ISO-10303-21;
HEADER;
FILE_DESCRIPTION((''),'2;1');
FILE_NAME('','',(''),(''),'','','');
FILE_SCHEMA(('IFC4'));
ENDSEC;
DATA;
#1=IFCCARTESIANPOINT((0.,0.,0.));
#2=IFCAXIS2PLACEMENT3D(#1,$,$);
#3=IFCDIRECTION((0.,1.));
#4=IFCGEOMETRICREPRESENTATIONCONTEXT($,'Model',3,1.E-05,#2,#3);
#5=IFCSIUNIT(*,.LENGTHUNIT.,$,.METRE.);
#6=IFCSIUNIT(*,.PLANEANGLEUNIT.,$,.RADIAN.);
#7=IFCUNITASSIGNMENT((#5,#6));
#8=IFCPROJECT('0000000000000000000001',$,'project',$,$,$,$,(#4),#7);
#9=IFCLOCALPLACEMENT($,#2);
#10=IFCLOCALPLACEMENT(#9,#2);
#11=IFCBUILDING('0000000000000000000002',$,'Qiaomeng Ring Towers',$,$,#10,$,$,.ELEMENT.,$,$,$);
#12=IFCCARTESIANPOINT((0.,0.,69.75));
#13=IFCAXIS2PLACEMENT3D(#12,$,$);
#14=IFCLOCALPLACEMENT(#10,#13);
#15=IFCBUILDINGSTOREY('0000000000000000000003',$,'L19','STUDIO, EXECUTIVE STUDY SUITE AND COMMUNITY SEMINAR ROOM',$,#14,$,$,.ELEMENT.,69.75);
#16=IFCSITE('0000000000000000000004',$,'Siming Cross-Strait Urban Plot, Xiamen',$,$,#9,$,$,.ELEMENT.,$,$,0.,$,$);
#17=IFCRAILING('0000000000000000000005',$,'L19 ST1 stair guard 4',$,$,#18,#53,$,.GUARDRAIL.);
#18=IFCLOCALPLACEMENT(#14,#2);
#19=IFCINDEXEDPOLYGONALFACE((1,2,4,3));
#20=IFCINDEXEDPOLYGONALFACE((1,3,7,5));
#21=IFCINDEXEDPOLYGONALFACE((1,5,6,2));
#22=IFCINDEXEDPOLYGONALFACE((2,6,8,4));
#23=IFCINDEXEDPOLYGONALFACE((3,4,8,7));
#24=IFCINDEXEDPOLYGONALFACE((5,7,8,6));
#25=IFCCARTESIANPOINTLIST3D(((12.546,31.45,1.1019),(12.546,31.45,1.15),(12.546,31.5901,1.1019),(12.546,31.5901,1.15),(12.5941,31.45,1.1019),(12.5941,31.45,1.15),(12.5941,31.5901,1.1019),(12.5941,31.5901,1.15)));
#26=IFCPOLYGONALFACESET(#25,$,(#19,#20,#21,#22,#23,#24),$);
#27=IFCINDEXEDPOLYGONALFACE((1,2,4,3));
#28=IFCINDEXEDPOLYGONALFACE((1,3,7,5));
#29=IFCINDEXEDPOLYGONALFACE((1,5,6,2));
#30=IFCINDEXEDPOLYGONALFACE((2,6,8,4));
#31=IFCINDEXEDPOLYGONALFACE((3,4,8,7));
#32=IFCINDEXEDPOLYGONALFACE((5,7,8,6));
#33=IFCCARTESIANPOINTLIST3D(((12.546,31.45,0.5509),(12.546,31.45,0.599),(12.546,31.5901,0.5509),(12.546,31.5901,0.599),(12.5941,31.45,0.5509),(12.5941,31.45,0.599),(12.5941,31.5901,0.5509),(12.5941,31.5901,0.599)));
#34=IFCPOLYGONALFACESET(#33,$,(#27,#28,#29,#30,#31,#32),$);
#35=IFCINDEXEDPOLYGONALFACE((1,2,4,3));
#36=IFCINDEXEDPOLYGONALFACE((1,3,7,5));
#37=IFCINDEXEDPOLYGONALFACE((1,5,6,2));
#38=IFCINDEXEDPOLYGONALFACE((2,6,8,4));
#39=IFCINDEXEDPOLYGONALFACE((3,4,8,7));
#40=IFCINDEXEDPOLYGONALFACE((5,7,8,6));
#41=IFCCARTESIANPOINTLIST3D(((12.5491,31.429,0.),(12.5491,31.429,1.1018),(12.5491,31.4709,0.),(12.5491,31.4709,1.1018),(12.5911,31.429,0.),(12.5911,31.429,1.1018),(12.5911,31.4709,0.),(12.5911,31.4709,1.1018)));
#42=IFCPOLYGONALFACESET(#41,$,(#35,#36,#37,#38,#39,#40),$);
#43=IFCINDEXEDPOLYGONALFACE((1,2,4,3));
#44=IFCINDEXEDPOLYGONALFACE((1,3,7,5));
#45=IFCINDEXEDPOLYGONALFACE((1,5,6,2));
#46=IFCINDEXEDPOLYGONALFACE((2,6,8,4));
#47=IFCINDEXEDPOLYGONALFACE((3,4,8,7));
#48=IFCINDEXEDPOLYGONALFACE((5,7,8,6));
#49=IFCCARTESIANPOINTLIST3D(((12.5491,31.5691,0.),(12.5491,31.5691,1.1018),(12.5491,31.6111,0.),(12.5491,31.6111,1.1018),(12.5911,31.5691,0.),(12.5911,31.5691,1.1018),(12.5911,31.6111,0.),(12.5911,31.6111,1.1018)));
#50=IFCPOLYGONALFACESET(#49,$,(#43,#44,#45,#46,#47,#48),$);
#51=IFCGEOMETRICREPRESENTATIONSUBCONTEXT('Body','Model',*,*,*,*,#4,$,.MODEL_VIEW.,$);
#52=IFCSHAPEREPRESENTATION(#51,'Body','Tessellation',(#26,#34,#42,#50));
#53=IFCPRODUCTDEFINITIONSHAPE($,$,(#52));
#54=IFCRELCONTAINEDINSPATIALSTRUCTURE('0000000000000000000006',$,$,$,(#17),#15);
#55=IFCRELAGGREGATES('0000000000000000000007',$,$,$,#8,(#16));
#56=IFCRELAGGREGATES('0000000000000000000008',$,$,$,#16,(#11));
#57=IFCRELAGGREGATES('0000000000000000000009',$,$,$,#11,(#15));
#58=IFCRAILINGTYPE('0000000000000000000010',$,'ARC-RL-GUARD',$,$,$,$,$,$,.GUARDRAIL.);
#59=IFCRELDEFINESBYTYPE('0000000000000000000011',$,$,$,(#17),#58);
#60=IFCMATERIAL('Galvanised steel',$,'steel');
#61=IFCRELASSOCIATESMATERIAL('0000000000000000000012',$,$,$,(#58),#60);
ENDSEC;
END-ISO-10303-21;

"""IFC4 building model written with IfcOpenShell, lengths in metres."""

from ifc_helpers import new_model, si_unit, direction, frame, origin, origin_2d, place, context, subcontext, project, spatial, rectangle, extrude, material, type_object, element, save


model = new_model("IFC4")

# Units and contexts
model_context = context("Model", 3, precision=1e-05, world=origin(), true_north=direction((0.0, 1.0)))
body_context = subcontext(model_context, "Body", "Model", "MODEL_VIEW")
ifc_project = project(units=[si_unit("LENGTHUNIT", "METRE"), si_unit("PLANEANGLEUNIT", "RADIAN")], contexts=[model_context])

# Site, building, storey
site_placement = place(None, origin())
site = spatial("IfcSite", under=ifc_project, at=site_placement, Name="Siming Cross-Strait Urban Plot, Xiamen", CompositionType="ELEMENT", RefElevation=0.0)
building_placement = place(site_placement, origin())
building = spatial("IfcBuilding", under=site, at=building_placement, Name="Qiaomeng Ring Towers", CompositionType="ELEMENT")
storey_placement = place(building_placement, frame((0.0, 0.0, 69.75)))
storey = spatial("IfcBuildingStorey", under=building, at=storey_placement, Name="L19", Description="STUDIO, EXECUTIVE STUDY SUITE AND COMMUNITY SEMINAR ROOM", CompositionType="ELEMENT", Elevation=69.75)

# Shared definitions
ifc_material_1 = material(Name="Galvanised steel", Category="steel")

# Railing
railing_type_1 = type_object("IfcRailingType", Name="ARC-RL-GUARD", PredefinedType="GUARDRAIL", material=ifc_material_1)
railing_1_placement = place(storey_placement, frame((12.5701, 31.45, 0.0)))
element("IfcRailing", 1, at=railing_1_placement, inside=storey, type_object=railing_type_1, Name="L19 ST1 stair guard 4", PredefinedType="GUARDRAIL", context=body_context, shape_type="SweptSolid", body=[
    extrude(rectangle(XDim=0.0481, YDim=0.0481, at=origin_2d()), frame((0.0, 0.0, 1.126), z_axis=(0.0, 1.0, 0.0), x_axis=(-1.0, 0.0, 0.0)), (0.0, 0.0, 1.0), 0.1401),
    extrude(rectangle(XDim=0.0481, YDim=0.0481, at=origin_2d()), frame((0.0, 0.0, 0.575), z_axis=(0.0, 1.0, 0.0), x_axis=(-1.0, 0.0, 0.0)), (0.0, 0.0, 1.0), 0.1401),
    extrude(rectangle(XDim=0.042, YDim=0.042, at=origin_2d()), origin(), (0.0, 0.0, 1.0), 1.1018),
    extrude(rectangle(XDim=0.042, YDim=0.042, at=origin_2d()), frame((0.0, 0.1401, 0.0)), (0.0, 0.0, 1.0), 1.1018),
])

save(model, "model.ifc")
